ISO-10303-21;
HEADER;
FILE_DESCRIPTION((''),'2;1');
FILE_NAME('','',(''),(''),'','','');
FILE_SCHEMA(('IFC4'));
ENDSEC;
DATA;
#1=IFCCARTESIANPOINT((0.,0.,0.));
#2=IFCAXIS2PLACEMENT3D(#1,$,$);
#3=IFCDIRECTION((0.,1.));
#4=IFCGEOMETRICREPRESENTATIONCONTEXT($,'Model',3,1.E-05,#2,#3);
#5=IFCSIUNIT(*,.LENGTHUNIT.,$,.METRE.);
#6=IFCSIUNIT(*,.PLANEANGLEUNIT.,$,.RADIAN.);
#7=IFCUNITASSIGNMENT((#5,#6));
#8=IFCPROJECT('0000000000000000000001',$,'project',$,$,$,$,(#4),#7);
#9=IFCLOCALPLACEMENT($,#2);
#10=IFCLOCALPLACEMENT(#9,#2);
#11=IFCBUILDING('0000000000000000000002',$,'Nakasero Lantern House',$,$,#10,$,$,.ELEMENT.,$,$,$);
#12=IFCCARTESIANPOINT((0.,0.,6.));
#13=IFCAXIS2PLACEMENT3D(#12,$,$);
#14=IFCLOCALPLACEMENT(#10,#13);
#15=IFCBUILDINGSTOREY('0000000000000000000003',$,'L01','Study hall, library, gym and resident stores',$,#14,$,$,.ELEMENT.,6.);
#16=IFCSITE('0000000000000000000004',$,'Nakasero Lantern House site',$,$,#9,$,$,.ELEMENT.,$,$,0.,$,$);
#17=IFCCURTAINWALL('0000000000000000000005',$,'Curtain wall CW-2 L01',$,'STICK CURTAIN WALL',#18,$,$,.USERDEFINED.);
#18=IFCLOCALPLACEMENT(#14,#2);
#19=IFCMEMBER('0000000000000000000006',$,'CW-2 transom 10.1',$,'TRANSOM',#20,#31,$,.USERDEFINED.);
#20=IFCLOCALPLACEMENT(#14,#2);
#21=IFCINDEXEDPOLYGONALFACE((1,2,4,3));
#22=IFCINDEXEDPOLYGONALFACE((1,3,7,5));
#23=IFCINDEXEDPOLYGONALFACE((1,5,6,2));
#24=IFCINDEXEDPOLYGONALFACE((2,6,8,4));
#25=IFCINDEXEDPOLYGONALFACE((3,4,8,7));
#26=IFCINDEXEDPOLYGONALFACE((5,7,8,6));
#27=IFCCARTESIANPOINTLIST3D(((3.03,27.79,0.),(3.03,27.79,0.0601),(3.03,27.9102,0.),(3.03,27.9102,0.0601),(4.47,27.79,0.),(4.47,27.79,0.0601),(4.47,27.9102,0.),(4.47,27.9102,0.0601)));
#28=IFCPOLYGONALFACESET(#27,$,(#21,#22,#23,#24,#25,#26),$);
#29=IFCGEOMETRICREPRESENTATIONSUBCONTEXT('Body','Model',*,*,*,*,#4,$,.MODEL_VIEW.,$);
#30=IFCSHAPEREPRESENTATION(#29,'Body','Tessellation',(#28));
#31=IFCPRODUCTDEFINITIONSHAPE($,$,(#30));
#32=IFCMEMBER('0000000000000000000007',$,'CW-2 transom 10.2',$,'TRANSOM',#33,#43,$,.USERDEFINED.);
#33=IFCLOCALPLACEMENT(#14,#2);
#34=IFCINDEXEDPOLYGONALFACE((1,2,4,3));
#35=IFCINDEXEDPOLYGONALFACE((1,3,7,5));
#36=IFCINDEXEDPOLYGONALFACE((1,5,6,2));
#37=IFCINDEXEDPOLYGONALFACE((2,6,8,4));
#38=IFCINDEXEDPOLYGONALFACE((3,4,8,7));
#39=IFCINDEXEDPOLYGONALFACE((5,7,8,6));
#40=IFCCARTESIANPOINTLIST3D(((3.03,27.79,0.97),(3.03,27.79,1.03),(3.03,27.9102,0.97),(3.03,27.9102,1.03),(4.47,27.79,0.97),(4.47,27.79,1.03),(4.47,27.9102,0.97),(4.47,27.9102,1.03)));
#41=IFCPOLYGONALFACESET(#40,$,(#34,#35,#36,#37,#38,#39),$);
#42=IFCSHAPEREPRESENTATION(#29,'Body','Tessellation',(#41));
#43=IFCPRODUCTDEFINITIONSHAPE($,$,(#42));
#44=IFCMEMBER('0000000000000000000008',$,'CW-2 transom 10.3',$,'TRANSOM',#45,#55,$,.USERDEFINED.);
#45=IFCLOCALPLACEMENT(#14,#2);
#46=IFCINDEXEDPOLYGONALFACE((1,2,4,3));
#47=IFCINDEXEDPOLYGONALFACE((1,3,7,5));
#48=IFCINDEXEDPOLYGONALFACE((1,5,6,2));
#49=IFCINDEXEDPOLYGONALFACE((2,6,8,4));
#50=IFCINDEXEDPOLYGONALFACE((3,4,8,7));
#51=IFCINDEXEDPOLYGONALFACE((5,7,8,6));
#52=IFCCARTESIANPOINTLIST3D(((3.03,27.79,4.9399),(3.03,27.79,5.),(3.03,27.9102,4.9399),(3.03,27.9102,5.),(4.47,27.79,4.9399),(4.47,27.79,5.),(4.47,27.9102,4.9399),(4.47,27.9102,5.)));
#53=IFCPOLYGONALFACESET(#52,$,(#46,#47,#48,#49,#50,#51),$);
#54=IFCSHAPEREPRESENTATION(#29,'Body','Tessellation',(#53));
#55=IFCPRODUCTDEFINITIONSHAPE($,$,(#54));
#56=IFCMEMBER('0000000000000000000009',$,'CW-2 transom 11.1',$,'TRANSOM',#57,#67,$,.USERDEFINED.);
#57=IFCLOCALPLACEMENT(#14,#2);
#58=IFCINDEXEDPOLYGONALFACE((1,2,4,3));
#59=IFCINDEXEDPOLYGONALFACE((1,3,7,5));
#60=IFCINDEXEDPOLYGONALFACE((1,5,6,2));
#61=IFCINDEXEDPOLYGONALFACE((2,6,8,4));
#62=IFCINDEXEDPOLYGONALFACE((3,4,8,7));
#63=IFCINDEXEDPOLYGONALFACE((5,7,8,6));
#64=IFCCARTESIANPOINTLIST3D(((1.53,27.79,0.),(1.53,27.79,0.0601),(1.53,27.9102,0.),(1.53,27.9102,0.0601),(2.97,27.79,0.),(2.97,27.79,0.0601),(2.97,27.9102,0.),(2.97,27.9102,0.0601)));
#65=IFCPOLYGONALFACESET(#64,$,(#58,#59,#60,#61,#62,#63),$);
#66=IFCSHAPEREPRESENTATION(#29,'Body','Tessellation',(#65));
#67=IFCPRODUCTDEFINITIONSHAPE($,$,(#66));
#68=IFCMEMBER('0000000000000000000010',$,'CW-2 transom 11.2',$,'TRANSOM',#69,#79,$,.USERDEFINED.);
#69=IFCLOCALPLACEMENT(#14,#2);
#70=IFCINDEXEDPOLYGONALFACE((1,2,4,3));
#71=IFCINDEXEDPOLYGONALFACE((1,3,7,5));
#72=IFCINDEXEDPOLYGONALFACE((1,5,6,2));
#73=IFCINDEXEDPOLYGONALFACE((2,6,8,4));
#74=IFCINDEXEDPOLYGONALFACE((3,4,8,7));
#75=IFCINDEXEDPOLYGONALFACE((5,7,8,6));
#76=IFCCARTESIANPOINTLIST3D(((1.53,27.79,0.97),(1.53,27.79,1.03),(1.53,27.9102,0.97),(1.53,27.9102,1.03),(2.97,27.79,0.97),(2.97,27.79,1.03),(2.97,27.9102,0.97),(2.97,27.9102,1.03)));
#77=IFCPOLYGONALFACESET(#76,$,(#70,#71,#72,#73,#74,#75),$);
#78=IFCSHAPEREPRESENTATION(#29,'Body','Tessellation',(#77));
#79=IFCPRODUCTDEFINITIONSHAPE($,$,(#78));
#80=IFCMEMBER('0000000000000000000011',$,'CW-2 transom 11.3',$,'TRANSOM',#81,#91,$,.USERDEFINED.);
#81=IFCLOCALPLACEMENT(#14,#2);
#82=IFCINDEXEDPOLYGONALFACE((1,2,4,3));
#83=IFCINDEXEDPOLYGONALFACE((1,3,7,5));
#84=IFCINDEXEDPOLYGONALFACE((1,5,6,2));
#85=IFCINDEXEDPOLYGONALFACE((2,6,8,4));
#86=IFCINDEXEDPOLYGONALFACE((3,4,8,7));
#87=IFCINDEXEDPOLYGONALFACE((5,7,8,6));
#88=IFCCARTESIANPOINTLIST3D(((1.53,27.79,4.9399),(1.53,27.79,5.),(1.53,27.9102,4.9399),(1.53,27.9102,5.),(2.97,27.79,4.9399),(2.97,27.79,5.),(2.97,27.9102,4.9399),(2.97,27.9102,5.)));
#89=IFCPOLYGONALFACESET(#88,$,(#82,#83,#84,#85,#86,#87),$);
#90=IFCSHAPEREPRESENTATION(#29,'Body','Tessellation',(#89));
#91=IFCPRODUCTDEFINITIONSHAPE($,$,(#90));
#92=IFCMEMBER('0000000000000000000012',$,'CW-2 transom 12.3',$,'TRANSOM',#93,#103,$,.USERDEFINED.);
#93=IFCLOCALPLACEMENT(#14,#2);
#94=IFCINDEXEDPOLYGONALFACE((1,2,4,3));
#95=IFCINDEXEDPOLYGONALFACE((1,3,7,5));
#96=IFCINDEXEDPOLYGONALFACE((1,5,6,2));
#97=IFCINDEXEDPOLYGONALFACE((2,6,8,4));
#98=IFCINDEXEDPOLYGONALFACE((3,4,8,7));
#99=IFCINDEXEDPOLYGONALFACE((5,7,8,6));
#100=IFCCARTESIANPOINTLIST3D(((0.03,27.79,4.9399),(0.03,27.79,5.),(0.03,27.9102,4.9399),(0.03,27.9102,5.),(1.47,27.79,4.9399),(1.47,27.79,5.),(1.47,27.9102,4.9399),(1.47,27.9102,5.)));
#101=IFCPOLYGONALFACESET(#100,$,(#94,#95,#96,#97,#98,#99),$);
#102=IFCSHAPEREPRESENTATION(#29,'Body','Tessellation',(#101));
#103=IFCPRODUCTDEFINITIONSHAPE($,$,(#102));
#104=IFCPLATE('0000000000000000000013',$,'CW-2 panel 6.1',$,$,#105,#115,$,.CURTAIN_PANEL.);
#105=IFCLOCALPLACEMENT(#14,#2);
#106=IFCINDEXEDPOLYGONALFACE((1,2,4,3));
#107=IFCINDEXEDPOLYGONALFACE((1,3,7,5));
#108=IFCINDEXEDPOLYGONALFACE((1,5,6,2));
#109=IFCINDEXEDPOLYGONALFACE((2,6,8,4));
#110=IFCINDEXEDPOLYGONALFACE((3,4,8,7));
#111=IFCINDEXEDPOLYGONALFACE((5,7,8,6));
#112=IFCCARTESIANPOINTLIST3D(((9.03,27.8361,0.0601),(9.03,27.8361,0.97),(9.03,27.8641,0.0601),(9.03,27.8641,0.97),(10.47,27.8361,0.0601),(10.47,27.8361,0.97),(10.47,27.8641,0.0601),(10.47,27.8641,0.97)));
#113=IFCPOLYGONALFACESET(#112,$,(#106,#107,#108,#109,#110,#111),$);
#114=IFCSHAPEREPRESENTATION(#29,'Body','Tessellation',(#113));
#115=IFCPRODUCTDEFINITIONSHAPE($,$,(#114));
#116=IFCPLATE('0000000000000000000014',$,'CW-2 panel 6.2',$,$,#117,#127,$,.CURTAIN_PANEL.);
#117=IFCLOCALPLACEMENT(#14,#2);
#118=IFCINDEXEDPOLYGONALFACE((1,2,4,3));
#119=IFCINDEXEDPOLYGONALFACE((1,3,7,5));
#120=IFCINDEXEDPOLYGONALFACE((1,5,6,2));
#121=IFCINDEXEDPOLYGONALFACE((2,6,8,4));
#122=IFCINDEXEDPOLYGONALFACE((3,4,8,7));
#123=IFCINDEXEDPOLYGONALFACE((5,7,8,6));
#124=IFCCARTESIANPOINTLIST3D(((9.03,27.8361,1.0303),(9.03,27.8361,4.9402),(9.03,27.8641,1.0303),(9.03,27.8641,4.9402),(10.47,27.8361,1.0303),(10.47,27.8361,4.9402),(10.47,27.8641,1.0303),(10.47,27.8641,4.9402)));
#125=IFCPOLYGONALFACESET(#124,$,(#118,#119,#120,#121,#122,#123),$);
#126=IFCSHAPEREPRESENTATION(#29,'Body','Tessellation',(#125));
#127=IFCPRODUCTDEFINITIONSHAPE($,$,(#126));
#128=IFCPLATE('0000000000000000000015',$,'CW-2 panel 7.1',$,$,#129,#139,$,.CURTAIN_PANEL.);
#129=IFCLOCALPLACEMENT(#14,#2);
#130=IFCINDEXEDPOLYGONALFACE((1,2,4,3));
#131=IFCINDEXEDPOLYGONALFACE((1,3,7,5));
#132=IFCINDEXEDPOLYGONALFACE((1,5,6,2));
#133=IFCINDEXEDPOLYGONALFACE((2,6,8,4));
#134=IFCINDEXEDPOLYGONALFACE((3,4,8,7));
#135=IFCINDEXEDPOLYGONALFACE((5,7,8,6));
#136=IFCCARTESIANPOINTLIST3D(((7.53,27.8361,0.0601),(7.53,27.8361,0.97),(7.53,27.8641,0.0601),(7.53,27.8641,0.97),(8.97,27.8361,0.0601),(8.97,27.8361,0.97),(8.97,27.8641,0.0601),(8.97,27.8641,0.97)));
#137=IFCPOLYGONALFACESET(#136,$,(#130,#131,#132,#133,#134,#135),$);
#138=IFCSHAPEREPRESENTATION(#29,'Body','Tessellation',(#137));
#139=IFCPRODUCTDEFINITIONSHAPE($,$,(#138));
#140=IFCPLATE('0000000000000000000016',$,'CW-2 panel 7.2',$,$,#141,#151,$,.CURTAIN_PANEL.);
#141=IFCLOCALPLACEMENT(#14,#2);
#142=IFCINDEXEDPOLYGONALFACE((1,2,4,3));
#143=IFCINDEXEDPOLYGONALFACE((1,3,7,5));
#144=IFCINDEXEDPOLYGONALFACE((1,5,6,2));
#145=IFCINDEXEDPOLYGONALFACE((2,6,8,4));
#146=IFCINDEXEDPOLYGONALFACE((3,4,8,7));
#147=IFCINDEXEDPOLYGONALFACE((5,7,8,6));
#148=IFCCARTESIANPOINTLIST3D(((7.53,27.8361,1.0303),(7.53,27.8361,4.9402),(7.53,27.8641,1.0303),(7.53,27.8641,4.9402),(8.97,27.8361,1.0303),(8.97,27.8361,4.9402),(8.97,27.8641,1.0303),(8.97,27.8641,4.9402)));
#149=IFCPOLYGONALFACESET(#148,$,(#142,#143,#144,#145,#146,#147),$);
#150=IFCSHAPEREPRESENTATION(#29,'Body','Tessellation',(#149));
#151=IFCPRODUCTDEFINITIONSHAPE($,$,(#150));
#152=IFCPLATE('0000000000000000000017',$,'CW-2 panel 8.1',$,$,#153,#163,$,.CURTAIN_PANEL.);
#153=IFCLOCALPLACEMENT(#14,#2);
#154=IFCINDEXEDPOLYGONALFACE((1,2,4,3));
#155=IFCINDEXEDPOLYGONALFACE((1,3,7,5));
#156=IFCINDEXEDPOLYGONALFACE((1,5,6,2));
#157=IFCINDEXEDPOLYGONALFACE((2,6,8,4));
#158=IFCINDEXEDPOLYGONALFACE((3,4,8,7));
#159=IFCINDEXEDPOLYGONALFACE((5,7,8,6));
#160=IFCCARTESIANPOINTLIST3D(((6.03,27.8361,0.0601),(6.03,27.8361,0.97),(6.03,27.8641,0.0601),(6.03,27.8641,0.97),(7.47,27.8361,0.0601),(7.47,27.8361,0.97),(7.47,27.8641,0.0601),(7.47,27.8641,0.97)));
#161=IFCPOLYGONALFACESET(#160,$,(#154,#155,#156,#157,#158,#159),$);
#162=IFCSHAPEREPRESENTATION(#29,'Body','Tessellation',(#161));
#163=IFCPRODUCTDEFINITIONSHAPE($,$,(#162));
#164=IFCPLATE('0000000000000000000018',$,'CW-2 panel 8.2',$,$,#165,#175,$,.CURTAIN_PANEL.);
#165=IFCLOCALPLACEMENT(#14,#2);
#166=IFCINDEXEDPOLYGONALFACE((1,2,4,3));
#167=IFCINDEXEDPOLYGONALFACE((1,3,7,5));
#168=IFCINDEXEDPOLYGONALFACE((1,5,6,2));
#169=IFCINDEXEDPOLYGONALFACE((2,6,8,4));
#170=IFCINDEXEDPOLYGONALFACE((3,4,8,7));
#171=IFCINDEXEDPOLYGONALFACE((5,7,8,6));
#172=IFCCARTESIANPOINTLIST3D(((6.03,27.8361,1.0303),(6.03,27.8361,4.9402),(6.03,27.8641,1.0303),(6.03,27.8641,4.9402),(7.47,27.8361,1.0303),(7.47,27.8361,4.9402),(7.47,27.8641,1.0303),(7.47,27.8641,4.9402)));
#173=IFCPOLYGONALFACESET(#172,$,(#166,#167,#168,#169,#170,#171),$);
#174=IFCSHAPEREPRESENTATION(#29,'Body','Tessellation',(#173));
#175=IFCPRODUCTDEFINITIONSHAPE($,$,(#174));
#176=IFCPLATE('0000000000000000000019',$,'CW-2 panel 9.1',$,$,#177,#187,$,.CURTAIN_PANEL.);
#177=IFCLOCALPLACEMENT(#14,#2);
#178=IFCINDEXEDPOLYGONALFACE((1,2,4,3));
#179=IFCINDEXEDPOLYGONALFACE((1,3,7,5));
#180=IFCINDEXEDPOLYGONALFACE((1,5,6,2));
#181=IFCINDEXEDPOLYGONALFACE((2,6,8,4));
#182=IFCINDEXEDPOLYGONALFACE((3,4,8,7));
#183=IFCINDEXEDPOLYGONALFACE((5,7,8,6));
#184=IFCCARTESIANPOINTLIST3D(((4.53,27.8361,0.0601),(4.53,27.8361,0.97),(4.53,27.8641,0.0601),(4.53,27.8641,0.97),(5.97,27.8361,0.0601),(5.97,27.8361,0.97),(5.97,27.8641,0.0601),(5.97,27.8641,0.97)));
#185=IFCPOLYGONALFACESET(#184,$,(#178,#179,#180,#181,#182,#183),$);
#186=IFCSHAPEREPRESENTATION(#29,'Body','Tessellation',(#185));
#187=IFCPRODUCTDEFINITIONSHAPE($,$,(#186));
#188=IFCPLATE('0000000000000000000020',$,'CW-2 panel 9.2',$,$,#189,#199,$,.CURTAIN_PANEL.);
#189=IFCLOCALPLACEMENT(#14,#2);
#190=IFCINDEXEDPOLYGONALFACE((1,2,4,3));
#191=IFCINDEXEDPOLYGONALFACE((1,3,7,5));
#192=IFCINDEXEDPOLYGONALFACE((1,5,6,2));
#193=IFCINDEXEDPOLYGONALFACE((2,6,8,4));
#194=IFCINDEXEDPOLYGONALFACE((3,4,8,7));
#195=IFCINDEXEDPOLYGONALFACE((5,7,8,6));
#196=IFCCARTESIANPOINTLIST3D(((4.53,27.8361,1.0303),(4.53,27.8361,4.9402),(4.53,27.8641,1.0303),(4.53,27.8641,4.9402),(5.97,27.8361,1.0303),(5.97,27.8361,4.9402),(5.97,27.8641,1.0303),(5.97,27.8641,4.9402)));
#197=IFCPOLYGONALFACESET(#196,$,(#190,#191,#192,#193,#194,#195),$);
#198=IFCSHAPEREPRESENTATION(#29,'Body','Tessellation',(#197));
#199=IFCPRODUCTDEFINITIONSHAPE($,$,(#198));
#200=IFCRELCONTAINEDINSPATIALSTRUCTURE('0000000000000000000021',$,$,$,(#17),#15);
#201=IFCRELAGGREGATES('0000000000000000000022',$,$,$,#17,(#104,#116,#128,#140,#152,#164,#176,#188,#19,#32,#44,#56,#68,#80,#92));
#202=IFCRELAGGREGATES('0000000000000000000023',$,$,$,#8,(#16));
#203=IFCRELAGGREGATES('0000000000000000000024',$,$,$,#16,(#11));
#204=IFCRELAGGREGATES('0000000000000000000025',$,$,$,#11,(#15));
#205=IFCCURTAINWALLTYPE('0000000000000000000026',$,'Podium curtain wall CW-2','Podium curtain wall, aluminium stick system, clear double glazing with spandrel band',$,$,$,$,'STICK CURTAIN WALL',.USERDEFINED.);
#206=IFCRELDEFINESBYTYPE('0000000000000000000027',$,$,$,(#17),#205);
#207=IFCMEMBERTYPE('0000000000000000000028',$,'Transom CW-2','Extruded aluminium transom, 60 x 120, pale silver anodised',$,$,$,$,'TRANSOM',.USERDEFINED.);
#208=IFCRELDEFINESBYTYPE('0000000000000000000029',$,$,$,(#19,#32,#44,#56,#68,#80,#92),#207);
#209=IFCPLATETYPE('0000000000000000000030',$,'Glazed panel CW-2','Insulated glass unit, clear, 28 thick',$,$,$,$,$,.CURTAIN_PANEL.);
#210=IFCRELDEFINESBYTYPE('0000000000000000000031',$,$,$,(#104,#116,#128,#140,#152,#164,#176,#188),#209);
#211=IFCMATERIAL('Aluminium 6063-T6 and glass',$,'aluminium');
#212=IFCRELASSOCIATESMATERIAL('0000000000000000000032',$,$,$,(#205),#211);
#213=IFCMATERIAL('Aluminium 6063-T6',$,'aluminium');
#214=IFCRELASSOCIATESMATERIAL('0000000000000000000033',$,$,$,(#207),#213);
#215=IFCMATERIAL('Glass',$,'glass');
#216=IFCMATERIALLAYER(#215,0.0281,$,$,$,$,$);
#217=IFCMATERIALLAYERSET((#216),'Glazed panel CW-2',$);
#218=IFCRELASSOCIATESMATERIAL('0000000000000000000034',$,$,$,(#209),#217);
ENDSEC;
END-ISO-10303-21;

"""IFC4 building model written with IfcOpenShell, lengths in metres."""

from ifc_helpers import new_model, si_unit, direction, frame, origin, origin_2d, place, context, subcontext, project, spatial, rectangle, extrude, material, layer, layer_set, material_profile, profile_set, type_object, element, aggregate, save


model = new_model("IFC4")

# Units and contexts
model_context = context("Model", 3, precision=1e-05, world=origin(), true_north=direction((0.0, 1.0)))
body_context = subcontext(model_context, "Body", "Model", "MODEL_VIEW")
ifc_project = project(units=[si_unit("LENGTHUNIT", "METRE"), si_unit("PLANEANGLEUNIT", "RADIAN")], contexts=[model_context])

# Site, building, storey
site_placement = place(None, origin())
site = spatial("IfcSite", under=ifc_project, at=site_placement, Name="Nakasero Lantern House site", CompositionType="ELEMENT", RefElevation=0.0)
building_placement = place(site_placement, origin())
building = spatial("IfcBuilding", under=site, at=building_placement, Name="Nakasero Lantern House", CompositionType="ELEMENT")
storey_placement = place(building_placement, frame((0.0, 0.0, 6.0)))
storey = spatial("IfcBuildingStorey", under=building, at=storey_placement, Name="L01", Description="Study hall, library, gym and resident stores", CompositionType="ELEMENT", Elevation=6.0)

# Curtain wall, members, plates
ifc_material_1 = material(Name="Aluminium 6063-T6 and glass", Category="aluminium")
curtain_wall_type = type_object("IfcCurtainWallType", Name="Podium curtain wall CW-2", Description="Podium curtain wall, aluminium stick system, clear double glazing with spandrel band", ElementType="STICK CURTAIN WALL", PredefinedType="USERDEFINED", material=ifc_material_1)
curtain_wall_placement = place(storey_placement, origin())
curtain_wall = element("IfcCurtainWall", 1, at=curtain_wall_placement, inside=storey, type_object=curtain_wall_type, Name="Curtain wall CW-2 L01", ObjectType="STICK CURTAIN WALL", PredefinedType="USERDEFINED")
ifc_material_2 = material(Name="Aluminium 6063-T6", Category="aluminium")
ifc_material_profile_1 = material_profile(ifc_material_2, rectangle(XDim=0.0601, YDim=0.1201, at=origin_2d()), Name="CW-2 transom 60x120")
ifc_profile_set_1 = profile_set([ifc_material_profile_1], Name="Aluminium 6063-T6")
member_type_1 = type_object("IfcMemberType", Name="Transom CW-2", Description="Extruded aluminium transom, 60 x 120, pale silver anodised", ElementType="TRANSOM", PredefinedType="USERDEFINED", material=ifc_profile_set_1)
member_1_placement = place(storey_placement, frame((4.47, 27.8501, 0.03), z_axis=(-1.0, 0.0, 0.0), x_axis=(0.0, 0.0, 1.0)))
member_1 = element("IfcMember", 2, at=member_1_placement, type_object=member_type_1, Name="CW-2 transom 10.1", ObjectType="TRANSOM", PredefinedType="USERDEFINED", context=body_context, shape_type="SweptSolid", body=[
    extrude(rectangle(XDim=0.0601, YDim=0.1201, at=origin_2d()), origin(), (0.0, 0.0, 1.0), 1.4399),
])
member_2_placement = place(storey_placement, frame((4.47, 27.8501, 1.0), z_axis=(-1.0, 0.0, 0.0), x_axis=(0.0, 0.0, 1.0)))
member_2 = element("IfcMember", 3, at=member_2_placement, type_object=member_type_1, Name="CW-2 transom 10.2", ObjectType="TRANSOM", PredefinedType="USERDEFINED", context=body_context, shape_type="SweptSolid", body=[
    extrude(rectangle(XDim=0.0601, YDim=0.1201, at=origin_2d()), origin(), (0.0, 0.0, 1.0), 1.4399),
])
member_3_placement = place(storey_placement, frame((4.47, 27.8501, 4.97), z_axis=(-1.0, 0.0, 0.0), x_axis=(0.0, 0.0, 1.0)))
member_3 = element("IfcMember", 4, at=member_3_placement, type_object=member_type_1, Name="CW-2 transom 10.3", ObjectType="TRANSOM", PredefinedType="USERDEFINED", context=body_context, shape_type="SweptSolid", body=[
    extrude(rectangle(XDim=0.0601, YDim=0.1201, at=origin_2d()), origin(), (0.0, 0.0, 1.0), 1.4399),
])
member_4_placement = place(storey_placement, frame((2.97, 27.8501, 0.03), z_axis=(-1.0, 0.0, 0.0), x_axis=(0.0, 0.0, 1.0)))
member_4 = element("IfcMember", 5, at=member_4_placement, type_object=member_type_1, Name="CW-2 transom 11.1", ObjectType="TRANSOM", PredefinedType="USERDEFINED", context=body_context, shape_type="SweptSolid", body=[
    extrude(rectangle(XDim=0.0601, YDim=0.1201, at=origin_2d()), origin(), (0.0, 0.0, 1.0), 1.4399),
])
member_5_placement = place(storey_placement, frame((2.97, 27.8501, 1.0), z_axis=(-1.0, 0.0, 0.0), x_axis=(0.0, 0.0, 1.0)))
member_5 = element("IfcMember", 6, at=member_5_placement, type_object=member_type_1, Name="CW-2 transom 11.2", ObjectType="TRANSOM", PredefinedType="USERDEFINED", context=body_context, shape_type="SweptSolid", body=[
    extrude(rectangle(XDim=0.0601, YDim=0.1201, at=origin_2d()), origin(), (0.0, 0.0, 1.0), 1.4399),
])
member_6_placement = place(storey_placement, frame((2.97, 27.8501, 4.97), z_axis=(-1.0, 0.0, 0.0), x_axis=(0.0, 0.0, 1.0)))
member_6 = element("IfcMember", 7, at=member_6_placement, type_object=member_type_1, Name="CW-2 transom 11.3", ObjectType="TRANSOM", PredefinedType="USERDEFINED", context=body_context, shape_type="SweptSolid", body=[
    extrude(rectangle(XDim=0.0601, YDim=0.1201, at=origin_2d()), origin(), (0.0, 0.0, 1.0), 1.4399),
])
member_7_placement = place(storey_placement, frame((1.47, 27.8501, 4.97), z_axis=(-1.0, 0.0, 0.0), x_axis=(0.0, 0.0, 1.0)))
member_7 = element("IfcMember", 8, at=member_7_placement, type_object=member_type_1, Name="CW-2 transom 12.3", ObjectType="TRANSOM", PredefinedType="USERDEFINED", context=body_context, shape_type="SweptSolid", body=[
    extrude(rectangle(XDim=0.0601, YDim=0.1201, at=origin_2d()), origin(), (0.0, 0.0, 1.0), 1.4399),
])
ifc_material_3 = material(Name="Glass", Category="glass")
ifc_layer = layer(ifc_material_3, 0.0281)
ifc_layer_set = layer_set([ifc_layer], Name="Glazed panel CW-2")
plate_type = type_object("IfcPlateType", Name="Glazed panel CW-2", Description="Insulated glass unit, clear, 28 thick", PredefinedType="CURTAIN_PANEL", material=ifc_layer_set)
plate_1_placement = place(storey_placement, frame((9.75, 27.8501, 0.0601), z_axis=(0.0, 0.0, 1.0), x_axis=(-1.0, 0.0, 0.0)))
plate_1 = element("IfcPlate", 9, at=plate_1_placement, type_object=plate_type, Name="CW-2 panel 6.1", PredefinedType="CURTAIN_PANEL", context=body_context, shape_type="SweptSolid", body=[
    extrude(rectangle(XDim=1.4399, YDim=0.0281, at=origin_2d()), origin(), (0.0, 0.0, 1.0), 0.9099),
])
plate_2_placement = place(storey_placement, frame((9.75, 27.8501, 1.0303), z_axis=(0.0, 0.0, 1.0), x_axis=(-1.0, 0.0, 0.0)))
plate_2 = element("IfcPlate", 10, at=plate_2_placement, type_object=plate_type, Name="CW-2 panel 6.2", PredefinedType="CURTAIN_PANEL", context=body_context, shape_type="SweptSolid", body=[
    extrude(rectangle(XDim=1.4399, YDim=0.0281, at=origin_2d()), origin(), (0.0, 0.0, 1.0), 3.9099),
])
plate_3_placement = place(storey_placement, frame((8.25, 27.8501, 0.0601), z_axis=(0.0, 0.0, 1.0), x_axis=(-1.0, 0.0, 0.0)))
plate_3 = element("IfcPlate", 11, at=plate_3_placement, type_object=plate_type, Name="CW-2 panel 7.1", PredefinedType="CURTAIN_PANEL", context=body_context, shape_type="SweptSolid", body=[
    extrude(rectangle(XDim=1.4399, YDim=0.0281, at=origin_2d()), origin(), (0.0, 0.0, 1.0), 0.9099),
])
plate_4_placement = place(storey_placement, frame((8.25, 27.8501, 1.0303), z_axis=(0.0, 0.0, 1.0), x_axis=(-1.0, 0.0, 0.0)))
plate_4 = element("IfcPlate", 12, at=plate_4_placement, type_object=plate_type, Name="CW-2 panel 7.2", PredefinedType="CURTAIN_PANEL", context=body_context, shape_type="SweptSolid", body=[
    extrude(rectangle(XDim=1.4399, YDim=0.0281, at=origin_2d()), origin(), (0.0, 0.0, 1.0), 3.9099),
])
plate_5_placement = place(storey_placement, frame((6.75, 27.8501, 0.0601), z_axis=(0.0, 0.0, 1.0), x_axis=(-1.0, 0.0, 0.0)))
plate_5 = element("IfcPlate", 13, at=plate_5_placement, type_object=plate_type, Name="CW-2 panel 8.1", PredefinedType="CURTAIN_PANEL", context=body_context, shape_type="SweptSolid", body=[
    extrude(rectangle(XDim=1.4399, YDim=0.0281, at=origin_2d()), origin(), (0.0, 0.0, 1.0), 0.9099),
])
plate_6_placement = place(storey_placement, frame((6.75, 27.8501, 1.0303), z_axis=(0.0, 0.0, 1.0), x_axis=(-1.0, 0.0, 0.0)))
plate_6 = element("IfcPlate", 14, at=plate_6_placement, type_object=plate_type, Name="CW-2 panel 8.2", PredefinedType="CURTAIN_PANEL", context=body_context, shape_type="SweptSolid", body=[
    extrude(rectangle(XDim=1.4399, YDim=0.0281, at=origin_2d()), origin(), (0.0, 0.0, 1.0), 3.9099),
])
plate_7_placement = place(storey_placement, frame((5.25, 27.8501, 0.0601), z_axis=(0.0, 0.0, 1.0), x_axis=(-1.0, 0.0, 0.0)))
plate_7 = element("IfcPlate", 15, at=plate_7_placement, type_object=plate_type, Name="CW-2 panel 9.1", PredefinedType="CURTAIN_PANEL", context=body_context, shape_type="SweptSolid", body=[
    extrude(rectangle(XDim=1.4399, YDim=0.0281, at=origin_2d()), origin(), (0.0, 0.0, 1.0), 0.9099),
])
plate_8_placement = place(storey_placement, frame((5.25, 27.8501, 1.0303), z_axis=(0.0, 0.0, 1.0), x_axis=(-1.0, 0.0, 0.0)))
plate_8 = element("IfcPlate", 16, at=plate_8_placement, type_object=plate_type, Name="CW-2 panel 9.2", PredefinedType="CURTAIN_PANEL", context=body_context, shape_type="SweptSolid", body=[
    extrude(rectangle(XDim=1.4399, YDim=0.0281, at=origin_2d()), origin(), (0.0, 0.0, 1.0), 3.9099),
])
aggregate(curtain_wall, [plate_1, plate_2, plate_3, plate_4, plate_5, plate_6, plate_7, plate_8, member_1, member_2, member_3, member_4, member_5, member_6, member_7])

save(model, "model.ifc")
